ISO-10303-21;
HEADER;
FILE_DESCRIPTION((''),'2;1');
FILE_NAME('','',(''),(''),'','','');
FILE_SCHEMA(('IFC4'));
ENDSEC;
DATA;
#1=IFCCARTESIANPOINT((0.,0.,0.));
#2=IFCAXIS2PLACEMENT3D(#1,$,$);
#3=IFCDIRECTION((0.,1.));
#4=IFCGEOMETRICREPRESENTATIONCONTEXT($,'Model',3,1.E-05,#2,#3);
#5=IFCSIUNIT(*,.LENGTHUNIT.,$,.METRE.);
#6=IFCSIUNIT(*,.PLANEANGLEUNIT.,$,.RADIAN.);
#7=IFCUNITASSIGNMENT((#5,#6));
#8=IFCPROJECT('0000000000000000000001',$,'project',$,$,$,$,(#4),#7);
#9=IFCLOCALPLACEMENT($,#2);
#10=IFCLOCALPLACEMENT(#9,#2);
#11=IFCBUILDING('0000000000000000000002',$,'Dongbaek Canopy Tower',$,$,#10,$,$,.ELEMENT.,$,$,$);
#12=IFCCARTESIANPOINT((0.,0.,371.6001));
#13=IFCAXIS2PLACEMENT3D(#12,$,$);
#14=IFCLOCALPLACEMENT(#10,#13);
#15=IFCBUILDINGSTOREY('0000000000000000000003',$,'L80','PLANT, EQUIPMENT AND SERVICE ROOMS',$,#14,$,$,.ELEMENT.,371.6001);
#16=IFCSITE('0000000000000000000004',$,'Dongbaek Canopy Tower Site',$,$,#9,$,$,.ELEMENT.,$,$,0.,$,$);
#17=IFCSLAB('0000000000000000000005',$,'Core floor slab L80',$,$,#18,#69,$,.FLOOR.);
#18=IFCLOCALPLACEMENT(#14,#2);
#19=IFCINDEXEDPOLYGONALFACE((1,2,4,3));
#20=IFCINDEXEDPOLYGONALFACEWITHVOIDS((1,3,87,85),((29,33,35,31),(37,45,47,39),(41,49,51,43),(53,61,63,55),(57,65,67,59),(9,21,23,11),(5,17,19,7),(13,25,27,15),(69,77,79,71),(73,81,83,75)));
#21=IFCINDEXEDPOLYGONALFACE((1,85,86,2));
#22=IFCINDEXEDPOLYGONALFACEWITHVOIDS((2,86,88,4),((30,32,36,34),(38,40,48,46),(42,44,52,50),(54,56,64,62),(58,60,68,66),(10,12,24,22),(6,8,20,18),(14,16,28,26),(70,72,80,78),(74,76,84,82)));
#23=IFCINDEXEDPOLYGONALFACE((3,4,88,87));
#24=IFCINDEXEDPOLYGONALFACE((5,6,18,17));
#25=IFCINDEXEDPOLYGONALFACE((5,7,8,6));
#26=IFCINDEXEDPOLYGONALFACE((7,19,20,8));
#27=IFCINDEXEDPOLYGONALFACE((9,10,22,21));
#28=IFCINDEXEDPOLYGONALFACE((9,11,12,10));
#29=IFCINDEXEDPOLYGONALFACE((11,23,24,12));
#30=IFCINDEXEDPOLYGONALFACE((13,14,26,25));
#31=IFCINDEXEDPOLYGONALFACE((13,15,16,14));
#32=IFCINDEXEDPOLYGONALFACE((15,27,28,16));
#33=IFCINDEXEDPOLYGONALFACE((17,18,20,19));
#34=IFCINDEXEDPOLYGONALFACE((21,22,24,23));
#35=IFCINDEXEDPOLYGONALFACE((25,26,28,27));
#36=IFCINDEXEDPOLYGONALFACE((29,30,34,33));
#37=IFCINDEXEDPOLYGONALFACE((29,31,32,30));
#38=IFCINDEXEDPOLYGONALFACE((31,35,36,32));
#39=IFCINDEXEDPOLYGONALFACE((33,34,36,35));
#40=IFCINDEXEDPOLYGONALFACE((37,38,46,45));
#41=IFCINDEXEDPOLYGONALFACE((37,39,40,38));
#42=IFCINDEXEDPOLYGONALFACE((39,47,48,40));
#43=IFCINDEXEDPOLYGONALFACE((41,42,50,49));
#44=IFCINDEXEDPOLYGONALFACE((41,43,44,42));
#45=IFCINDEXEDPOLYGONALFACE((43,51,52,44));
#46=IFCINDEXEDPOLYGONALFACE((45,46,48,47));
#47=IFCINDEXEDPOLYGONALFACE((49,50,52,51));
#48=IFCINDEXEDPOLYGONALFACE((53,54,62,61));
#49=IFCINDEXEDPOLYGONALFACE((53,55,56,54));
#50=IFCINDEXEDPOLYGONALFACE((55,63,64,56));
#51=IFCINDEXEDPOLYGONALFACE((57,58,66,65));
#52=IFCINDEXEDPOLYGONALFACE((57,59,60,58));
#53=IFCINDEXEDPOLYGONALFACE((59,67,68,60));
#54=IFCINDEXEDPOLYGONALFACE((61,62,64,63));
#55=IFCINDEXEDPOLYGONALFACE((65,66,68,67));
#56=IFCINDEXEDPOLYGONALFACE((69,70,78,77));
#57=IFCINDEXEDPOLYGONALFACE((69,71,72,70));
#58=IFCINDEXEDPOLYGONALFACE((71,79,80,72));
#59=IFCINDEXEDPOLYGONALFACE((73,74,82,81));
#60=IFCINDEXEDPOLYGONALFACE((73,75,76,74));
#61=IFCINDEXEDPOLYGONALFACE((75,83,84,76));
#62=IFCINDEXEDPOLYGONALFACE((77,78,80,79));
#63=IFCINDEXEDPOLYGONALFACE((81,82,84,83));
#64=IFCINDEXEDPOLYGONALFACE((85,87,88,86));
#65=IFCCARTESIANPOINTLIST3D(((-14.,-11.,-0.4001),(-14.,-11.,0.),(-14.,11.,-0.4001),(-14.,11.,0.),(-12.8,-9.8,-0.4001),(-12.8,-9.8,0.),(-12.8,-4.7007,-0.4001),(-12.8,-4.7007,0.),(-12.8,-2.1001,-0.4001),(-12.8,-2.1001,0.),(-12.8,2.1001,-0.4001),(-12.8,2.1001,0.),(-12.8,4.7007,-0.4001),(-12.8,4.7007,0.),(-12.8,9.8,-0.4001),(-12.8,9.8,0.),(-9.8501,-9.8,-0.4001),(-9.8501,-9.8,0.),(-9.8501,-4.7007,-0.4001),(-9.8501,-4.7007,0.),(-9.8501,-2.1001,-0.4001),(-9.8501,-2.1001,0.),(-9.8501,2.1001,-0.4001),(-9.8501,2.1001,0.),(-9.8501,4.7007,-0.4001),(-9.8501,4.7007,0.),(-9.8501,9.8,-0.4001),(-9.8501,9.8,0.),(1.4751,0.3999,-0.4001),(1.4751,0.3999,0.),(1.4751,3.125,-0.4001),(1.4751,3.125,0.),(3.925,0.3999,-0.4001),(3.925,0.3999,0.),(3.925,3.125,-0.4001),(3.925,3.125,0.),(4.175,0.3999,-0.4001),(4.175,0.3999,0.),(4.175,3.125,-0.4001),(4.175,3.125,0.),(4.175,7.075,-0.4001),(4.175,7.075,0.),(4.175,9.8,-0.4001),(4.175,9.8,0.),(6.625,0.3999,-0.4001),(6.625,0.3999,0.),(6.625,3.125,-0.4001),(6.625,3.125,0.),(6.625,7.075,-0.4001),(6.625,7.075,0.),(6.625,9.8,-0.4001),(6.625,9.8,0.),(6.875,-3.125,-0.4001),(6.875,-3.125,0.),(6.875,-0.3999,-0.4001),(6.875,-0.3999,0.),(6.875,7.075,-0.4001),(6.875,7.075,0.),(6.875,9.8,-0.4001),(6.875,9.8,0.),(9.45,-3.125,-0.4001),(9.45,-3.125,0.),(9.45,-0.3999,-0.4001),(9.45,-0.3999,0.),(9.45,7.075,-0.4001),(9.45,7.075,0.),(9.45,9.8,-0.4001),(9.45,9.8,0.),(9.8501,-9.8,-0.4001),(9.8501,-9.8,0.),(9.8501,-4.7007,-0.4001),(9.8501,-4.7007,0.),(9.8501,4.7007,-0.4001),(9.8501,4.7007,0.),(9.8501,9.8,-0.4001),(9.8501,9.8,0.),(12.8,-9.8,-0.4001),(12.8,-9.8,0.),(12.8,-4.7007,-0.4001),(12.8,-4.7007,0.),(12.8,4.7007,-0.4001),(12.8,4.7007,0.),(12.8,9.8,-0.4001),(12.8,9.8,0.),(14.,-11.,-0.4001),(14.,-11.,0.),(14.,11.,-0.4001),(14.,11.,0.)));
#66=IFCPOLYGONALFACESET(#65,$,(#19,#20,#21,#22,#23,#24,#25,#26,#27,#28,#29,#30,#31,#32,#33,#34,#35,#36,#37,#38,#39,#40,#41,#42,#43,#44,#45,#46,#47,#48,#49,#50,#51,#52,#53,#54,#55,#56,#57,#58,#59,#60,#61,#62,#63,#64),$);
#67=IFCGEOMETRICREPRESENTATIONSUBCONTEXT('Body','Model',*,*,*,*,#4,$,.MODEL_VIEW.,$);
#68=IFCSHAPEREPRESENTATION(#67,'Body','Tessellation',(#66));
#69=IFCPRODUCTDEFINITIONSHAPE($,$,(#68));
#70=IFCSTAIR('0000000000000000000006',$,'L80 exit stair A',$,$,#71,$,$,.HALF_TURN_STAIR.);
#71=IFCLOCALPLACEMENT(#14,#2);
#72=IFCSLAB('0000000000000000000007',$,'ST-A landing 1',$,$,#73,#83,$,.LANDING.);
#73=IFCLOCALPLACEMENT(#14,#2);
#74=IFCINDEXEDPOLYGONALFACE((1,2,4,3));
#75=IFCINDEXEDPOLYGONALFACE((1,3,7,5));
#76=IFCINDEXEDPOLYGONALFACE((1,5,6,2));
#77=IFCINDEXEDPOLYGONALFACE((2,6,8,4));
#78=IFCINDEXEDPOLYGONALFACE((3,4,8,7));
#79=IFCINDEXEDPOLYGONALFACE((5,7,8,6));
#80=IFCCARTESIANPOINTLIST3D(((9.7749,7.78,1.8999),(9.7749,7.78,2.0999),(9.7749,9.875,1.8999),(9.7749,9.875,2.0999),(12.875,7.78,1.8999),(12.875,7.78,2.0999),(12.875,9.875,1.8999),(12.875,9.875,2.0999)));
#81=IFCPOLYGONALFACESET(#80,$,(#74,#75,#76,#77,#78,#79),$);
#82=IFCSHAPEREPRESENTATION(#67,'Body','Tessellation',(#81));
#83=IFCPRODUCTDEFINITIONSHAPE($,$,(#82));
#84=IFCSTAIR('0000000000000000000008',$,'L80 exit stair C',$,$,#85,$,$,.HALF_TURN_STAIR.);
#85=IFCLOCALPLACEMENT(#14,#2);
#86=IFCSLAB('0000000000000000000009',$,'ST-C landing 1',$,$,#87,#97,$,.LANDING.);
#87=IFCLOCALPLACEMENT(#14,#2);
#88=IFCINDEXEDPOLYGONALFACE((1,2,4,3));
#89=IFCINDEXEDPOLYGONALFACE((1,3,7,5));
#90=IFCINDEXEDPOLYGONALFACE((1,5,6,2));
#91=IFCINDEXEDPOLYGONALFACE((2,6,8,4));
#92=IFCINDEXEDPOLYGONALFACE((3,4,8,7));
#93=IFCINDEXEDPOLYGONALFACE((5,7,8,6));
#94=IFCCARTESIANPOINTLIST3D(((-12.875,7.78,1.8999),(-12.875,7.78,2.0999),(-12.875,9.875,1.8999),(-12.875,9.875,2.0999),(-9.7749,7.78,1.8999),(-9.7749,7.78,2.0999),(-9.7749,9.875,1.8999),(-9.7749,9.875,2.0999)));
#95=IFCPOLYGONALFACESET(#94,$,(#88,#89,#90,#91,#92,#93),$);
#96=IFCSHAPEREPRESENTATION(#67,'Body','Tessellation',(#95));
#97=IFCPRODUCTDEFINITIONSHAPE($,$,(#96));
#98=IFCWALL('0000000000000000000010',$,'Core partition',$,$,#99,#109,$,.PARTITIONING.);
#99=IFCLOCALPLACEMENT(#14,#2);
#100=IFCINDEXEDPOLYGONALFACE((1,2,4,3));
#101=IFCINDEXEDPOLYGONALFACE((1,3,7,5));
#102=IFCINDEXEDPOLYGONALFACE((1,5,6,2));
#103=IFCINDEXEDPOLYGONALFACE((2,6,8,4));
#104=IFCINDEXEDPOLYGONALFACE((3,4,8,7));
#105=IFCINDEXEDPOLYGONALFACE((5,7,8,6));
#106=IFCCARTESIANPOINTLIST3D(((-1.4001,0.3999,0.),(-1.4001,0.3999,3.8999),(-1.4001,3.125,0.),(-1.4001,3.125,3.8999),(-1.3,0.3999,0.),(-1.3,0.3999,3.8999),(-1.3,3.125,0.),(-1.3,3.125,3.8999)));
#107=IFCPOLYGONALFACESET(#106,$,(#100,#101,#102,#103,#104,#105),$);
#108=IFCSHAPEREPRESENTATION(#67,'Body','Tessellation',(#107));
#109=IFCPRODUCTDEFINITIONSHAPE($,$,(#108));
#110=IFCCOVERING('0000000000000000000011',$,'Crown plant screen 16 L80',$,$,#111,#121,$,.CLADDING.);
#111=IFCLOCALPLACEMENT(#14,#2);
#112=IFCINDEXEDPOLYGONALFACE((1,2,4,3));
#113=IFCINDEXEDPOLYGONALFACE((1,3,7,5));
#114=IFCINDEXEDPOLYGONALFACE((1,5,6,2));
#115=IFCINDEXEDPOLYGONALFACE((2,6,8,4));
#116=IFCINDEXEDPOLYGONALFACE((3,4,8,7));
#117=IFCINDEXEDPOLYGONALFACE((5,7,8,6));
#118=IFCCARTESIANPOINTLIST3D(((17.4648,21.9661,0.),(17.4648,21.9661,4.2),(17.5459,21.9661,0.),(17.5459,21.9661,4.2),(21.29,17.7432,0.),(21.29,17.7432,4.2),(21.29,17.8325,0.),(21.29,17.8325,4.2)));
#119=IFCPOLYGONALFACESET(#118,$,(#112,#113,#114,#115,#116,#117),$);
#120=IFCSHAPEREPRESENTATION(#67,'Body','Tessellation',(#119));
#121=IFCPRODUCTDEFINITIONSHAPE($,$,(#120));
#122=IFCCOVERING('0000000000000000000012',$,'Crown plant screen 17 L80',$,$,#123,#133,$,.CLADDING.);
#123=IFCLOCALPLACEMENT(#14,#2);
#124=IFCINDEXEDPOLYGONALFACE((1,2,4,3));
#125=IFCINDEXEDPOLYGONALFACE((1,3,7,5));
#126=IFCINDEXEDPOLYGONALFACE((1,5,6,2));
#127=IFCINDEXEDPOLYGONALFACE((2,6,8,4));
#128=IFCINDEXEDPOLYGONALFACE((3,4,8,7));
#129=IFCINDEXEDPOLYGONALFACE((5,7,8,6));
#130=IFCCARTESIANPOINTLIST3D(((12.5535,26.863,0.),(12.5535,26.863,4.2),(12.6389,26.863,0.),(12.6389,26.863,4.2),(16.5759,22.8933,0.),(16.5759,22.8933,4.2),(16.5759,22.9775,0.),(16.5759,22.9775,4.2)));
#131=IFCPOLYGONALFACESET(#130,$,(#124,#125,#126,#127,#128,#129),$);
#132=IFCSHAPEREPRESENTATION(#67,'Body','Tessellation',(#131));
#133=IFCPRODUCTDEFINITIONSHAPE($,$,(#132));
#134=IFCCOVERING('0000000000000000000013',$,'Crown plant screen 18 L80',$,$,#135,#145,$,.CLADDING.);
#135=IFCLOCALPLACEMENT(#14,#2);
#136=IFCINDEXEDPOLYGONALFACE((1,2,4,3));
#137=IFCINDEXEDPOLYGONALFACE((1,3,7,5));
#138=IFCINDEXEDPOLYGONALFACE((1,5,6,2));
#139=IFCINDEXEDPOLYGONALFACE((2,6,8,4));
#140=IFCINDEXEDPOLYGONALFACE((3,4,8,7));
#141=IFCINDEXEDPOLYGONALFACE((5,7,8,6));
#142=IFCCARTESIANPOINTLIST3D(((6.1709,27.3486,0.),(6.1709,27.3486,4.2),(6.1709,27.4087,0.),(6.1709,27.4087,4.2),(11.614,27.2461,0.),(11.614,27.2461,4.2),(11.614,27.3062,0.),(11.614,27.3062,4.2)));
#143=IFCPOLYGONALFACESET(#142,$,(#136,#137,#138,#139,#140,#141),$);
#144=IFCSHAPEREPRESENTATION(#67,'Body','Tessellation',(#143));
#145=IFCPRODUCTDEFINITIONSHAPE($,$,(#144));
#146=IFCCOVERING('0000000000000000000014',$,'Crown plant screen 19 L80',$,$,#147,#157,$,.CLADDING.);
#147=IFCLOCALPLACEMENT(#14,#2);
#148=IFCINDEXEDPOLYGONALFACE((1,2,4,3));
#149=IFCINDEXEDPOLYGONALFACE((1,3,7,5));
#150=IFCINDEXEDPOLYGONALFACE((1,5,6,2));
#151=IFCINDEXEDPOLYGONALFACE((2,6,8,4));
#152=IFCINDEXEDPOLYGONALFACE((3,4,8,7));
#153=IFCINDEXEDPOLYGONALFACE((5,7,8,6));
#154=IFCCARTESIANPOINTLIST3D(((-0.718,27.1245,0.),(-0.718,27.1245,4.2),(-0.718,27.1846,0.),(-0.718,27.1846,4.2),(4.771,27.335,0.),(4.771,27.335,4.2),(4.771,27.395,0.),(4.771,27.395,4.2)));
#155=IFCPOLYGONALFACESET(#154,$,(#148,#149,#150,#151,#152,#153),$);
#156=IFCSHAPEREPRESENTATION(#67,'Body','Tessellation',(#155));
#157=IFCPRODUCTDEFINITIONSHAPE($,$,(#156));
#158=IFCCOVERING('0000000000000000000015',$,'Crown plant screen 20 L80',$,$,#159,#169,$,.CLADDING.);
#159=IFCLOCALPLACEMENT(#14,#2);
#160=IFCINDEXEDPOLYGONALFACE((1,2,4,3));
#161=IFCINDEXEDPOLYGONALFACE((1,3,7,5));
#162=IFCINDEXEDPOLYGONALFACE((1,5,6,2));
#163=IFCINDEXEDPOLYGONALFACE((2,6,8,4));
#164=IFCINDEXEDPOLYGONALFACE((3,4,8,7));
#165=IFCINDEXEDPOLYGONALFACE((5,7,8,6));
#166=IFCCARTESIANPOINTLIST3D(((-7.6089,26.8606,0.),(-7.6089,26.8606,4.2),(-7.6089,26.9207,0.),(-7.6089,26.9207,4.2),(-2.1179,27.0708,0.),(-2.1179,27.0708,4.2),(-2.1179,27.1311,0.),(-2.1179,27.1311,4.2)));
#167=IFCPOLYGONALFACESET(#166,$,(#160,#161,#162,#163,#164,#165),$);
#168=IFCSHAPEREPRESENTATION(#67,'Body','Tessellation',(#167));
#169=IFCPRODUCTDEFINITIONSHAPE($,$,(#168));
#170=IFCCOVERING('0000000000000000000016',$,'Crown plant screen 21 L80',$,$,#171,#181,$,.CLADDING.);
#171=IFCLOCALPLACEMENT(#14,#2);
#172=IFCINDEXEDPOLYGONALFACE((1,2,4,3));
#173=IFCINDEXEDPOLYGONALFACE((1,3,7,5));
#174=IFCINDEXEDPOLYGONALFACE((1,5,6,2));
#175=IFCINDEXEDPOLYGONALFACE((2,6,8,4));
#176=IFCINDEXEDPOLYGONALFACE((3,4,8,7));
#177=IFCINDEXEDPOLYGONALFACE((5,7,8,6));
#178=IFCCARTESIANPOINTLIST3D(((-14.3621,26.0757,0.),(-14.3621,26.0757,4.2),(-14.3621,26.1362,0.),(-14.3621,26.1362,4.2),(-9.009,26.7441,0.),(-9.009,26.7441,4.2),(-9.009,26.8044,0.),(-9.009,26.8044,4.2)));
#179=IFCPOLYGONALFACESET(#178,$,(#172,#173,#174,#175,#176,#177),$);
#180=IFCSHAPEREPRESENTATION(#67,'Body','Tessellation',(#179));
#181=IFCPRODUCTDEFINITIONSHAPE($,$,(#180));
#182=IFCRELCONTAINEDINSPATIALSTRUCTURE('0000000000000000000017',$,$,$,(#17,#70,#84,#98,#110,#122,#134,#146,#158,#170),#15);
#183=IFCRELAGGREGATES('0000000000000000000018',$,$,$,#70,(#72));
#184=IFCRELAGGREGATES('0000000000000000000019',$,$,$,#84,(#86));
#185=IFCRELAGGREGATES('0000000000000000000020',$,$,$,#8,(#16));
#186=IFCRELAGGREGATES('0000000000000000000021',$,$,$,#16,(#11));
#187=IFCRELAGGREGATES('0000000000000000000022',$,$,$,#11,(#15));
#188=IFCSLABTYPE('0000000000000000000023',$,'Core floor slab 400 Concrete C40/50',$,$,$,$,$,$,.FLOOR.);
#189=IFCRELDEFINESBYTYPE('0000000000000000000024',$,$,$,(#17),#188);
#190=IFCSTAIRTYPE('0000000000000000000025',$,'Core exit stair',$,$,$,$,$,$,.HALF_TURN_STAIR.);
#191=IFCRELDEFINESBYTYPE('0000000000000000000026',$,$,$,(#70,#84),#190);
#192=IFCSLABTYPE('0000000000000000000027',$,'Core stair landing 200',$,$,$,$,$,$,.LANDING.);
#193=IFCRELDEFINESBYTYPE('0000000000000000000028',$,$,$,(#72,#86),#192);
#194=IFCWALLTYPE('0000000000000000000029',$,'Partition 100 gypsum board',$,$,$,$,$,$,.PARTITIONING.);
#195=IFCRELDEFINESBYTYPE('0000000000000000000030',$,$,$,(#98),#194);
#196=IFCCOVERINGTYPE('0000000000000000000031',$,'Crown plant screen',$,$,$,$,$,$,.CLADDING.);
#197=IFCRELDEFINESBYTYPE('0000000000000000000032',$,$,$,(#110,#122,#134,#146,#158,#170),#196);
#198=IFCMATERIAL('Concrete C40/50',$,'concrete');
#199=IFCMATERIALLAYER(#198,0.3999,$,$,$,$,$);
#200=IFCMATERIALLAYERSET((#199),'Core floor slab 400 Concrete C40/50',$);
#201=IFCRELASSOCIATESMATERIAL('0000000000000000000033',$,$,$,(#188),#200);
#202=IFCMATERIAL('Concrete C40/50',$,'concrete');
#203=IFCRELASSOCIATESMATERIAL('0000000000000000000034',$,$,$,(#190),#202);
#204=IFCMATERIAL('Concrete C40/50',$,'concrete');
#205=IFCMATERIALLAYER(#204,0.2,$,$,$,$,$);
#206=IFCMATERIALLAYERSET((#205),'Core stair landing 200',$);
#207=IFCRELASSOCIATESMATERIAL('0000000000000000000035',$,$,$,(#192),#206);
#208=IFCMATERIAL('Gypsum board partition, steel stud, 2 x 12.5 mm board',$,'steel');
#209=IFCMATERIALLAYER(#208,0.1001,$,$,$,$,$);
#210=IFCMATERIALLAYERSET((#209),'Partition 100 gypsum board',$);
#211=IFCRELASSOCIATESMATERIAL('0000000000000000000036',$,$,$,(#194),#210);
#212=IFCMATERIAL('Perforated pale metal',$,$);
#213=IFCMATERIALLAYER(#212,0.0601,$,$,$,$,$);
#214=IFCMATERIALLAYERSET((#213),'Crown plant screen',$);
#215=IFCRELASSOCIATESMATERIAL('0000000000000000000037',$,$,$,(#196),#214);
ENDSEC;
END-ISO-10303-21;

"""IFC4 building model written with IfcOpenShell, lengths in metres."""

from ifc_helpers import new_model, si_unit, direction, frame, frame_2d, origin, place, context, subcontext, project, spatial, polyline, rectangle, outline, extrude, material, layer, layer_set, type_object, element, aggregate, save


model = new_model("IFC4")

# Units and contexts
model_context = context("Model", 3, precision=1e-05, world=origin(), true_north=direction((0.0, 1.0)))
body_context = subcontext(model_context, "Body", "Model", "MODEL_VIEW")
ifc_project = project(units=[si_unit("LENGTHUNIT", "METRE"), si_unit("PLANEANGLEUNIT", "RADIAN")], contexts=[model_context])

# Site, building, storey
site_placement = place(None, origin())
site = spatial("IfcSite", under=ifc_project, at=site_placement, Name="Dongbaek Canopy Tower Site", CompositionType="ELEMENT", RefElevation=0.0)
building_placement = place(site_placement, origin())
building = spatial("IfcBuilding", under=site, at=building_placement, Name="Dongbaek Canopy Tower", CompositionType="ELEMENT")
storey_placement = place(building_placement, frame((0.0, 0.0, 371.6001)))
storey = spatial("IfcBuildingStorey", under=building, at=storey_placement, Name="L80", Description="PLANT, EQUIPMENT AND SERVICE ROOMS", CompositionType="ELEMENT", Elevation=371.6001)

# Slab
ifc_material_1 = material(Name="Concrete C40/50", Category="concrete")
ifc_layer_1 = layer(ifc_material_1, 0.3999)
ifc_layer_set_1 = layer_set([ifc_layer_1], Name="Core floor slab 400 Concrete C40/50")
slab_type_1 = type_object("IfcSlabType", Name="Core floor slab 400 Concrete C40/50", PredefinedType="FLOOR", material=ifc_layer_set_1)
slab_1_placement = place(storey_placement, frame((0.0, 0.0, -0.4001)))
element("IfcSlab", 1, at=slab_1_placement, inside=storey, type_object=slab_type_1, Name="Core floor slab L80", PredefinedType="FLOOR", context=body_context, shape_type="SweptSolid", body=[
    extrude(outline(polyline([(14.0, -11.0), (14.0, 11.0), (-14.0, 11.0), (-14.0, -11.0), (14.0, -11.0)]), holes=[polyline([(-12.8, 2.1001), (-9.8501, 2.1001), (-9.8501, -2.1001), (-12.8, -2.1001), (-12.8, 2.1001)]), polyline([(6.625, 9.8), (6.625, 7.075), (4.175, 7.075), (4.175, 9.8), (6.625, 9.8)]), polyline([(9.45, 7.075), (6.875, 7.075), (6.875, 9.8), (9.45, 9.8), (9.45, 7.075)]), polyline([(3.925, 3.125), (3.925, 0.3999), (1.4751, 0.3999), (1.4751, 3.125), (3.925, 3.125)]), polyline([(4.175, 3.125), (6.625, 3.125), (6.625, 0.3999), (4.175, 0.3999), (4.175, 3.125)]), polyline([(9.45, -3.125), (6.875, -3.125), (6.875, -0.3999), (9.45, -0.3999), (9.45, -3.125)]), polyline([(12.8, 4.7007), (12.8, 9.8), (9.8501, 9.8), (9.8501, 4.7007), (12.8, 4.7007)]), polyline([(-9.8501, 4.7007), (-9.8501, 9.8), (-12.8, 9.8), (-12.8, 4.7007), (-9.8501, 4.7007)]), polyline([(9.8501, -4.7007), (9.8501, -9.8), (12.8, -9.8), (12.8, -4.7007), (9.8501, -4.7007)]), polyline([(-12.8, -4.7007), (-12.8, -9.8), (-9.8501, -9.8), (-9.8501, -4.7007), (-12.8, -4.7007)])]), origin(), (0.0, 0.0, 1.0), 0.4001),
])

# Stairs, slabs
ifc_material_2 = material(Name="Concrete C40/50", Category="concrete")
stair_type = type_object("IfcStairType", Name="Core exit stair", PredefinedType="HALF_TURN_STAIR", material=ifc_material_2)
stair_1_placement = place(storey_placement, origin())
stair_1 = element("IfcStair", 2, at=stair_1_placement, inside=storey, type_object=stair_type, Name="L80 exit stair A", PredefinedType="HALF_TURN_STAIR")
ifc_material_3 = material(Name="Concrete C40/50", Category="concrete")
ifc_layer_2 = layer(ifc_material_3, 0.2)
ifc_layer_set_2 = layer_set([ifc_layer_2], Name="Core stair landing 200")
slab_type_2 = type_object("IfcSlabType", Name="Core stair landing 200", PredefinedType="LANDING", material=ifc_layer_set_2)
slab_2_placement = place(storey_placement, frame((0.0, 0.0, 1.8999)))
slab_2 = element("IfcSlab", 3, at=slab_2_placement, type_object=slab_type_2, Name="ST-A landing 1", PredefinedType="LANDING", context=body_context, shape_type="SweptSolid", body=[
    extrude(outline(polyline([(12.875, 7.78), (12.875, 9.875), (9.7749, 9.875), (9.7749, 7.78), (12.875, 7.78)])), origin(), (0.0, 0.0, 1.0), 0.2),
])
aggregate(stair_1, [slab_2])
stair_2_placement = place(storey_placement, origin())
stair_2 = element("IfcStair", 4, at=stair_2_placement, inside=storey, type_object=stair_type, Name="L80 exit stair C", PredefinedType="HALF_TURN_STAIR")
slab_3_placement = place(storey_placement, frame((0.0, 0.0, 1.8999)))
slab_3 = element("IfcSlab", 5, at=slab_3_placement, type_object=slab_type_2, Name="ST-C landing 1", PredefinedType="LANDING", context=body_context, shape_type="SweptSolid", body=[
    extrude(outline(polyline([(-9.7749, 7.78), (-9.7749, 9.875), (-12.875, 9.875), (-12.875, 7.78), (-9.7749, 7.78)])), origin(), (0.0, 0.0, 1.0), 0.2),
])
aggregate(stair_2, [slab_3])

# Wall
ifc_material_4 = material(Name="Gypsum board partition, steel stud, 2 x 12.5 mm board", Category="steel")
ifc_layer_3 = layer(ifc_material_4, 0.1001)
ifc_layer_set_3 = layer_set([ifc_layer_3], Name="Partition 100 gypsum board")
wall_type = type_object("IfcWallType", Name="Partition 100 gypsum board", PredefinedType="PARTITIONING", material=ifc_layer_set_3)
wall_placement = place(storey_placement, frame((-1.3501, 0.3999, 0.0), z_axis=(0.0, 0.0, 1.0), x_axis=(0.0, 1.0, 0.0)))
element("IfcWall", 6, at=wall_placement, inside=storey, type_object=wall_type, Name="Core partition", PredefinedType="PARTITIONING", context=body_context, shape_type="SweptSolid", body=[
    extrude(rectangle(XDim=2.7251, YDim=0.1001, at=frame_2d((1.3625, 0.0))), origin(), (0.0, 0.0, 1.0), 3.8999),
])

# Coverings
ifc_material_5 = material(Name="Perforated pale metal")
ifc_layer_4 = layer(ifc_material_5, 0.0601)
ifc_layer_set_4 = layer_set([ifc_layer_4], Name="Crown plant screen")
covering_type = type_object("IfcCoveringType", Name="Crown plant screen", PredefinedType="CLADDING", material=ifc_layer_set_4)
covering_1_placement = place(storey_placement, origin())
element("IfcCovering", 7, at=covering_1_placement, inside=storey, type_object=covering_type, Name="Crown plant screen 16 L80", PredefinedType="CLADDING", context=body_context, shape_type="SweptSolid", body=[
    extrude(outline(polyline([(21.29, 17.8325), (21.29, 17.7432), (17.4648, 21.9661), (17.5459, 21.9661), (21.29, 17.8325)])), origin(), (0.0, 0.0, 1.0), 4.2),
])
covering_2_placement = place(storey_placement, origin())
element("IfcCovering", 8, at=covering_2_placement, inside=storey, type_object=covering_type, Name="Crown plant screen 17 L80", PredefinedType="CLADDING", context=body_context, shape_type="SweptSolid", body=[
    extrude(outline(polyline([(16.5759, 22.9775), (16.5759, 22.8933), (12.5535, 26.863), (12.6389, 26.863), (16.5759, 22.9775)])), origin(), (0.0, 0.0, 1.0), 4.2),
])
covering_3_placement = place(storey_placement, origin())
element("IfcCovering", 9, at=covering_3_placement, inside=storey, type_object=covering_type, Name="Crown plant screen 18 L80", PredefinedType="CLADDING", context=body_context, shape_type="SweptSolid", body=[
    extrude(outline(polyline([(11.614, 27.3062), (11.614, 27.2461), (6.1709, 27.3486), (6.1709, 27.4087), (11.614, 27.3062)])), origin(), (0.0, 0.0, 1.0), 4.2),
])
covering_4_placement = place(storey_placement, origin())
element("IfcCovering", 10, at=covering_4_placement, inside=storey, type_object=covering_type, Name="Crown plant screen 19 L80", PredefinedType="CLADDING", context=body_context, shape_type="SweptSolid", body=[
    extrude(outline(polyline([(4.771, 27.395), (4.771, 27.335), (-0.718, 27.1245), (-0.718, 27.1846), (4.771, 27.395)])), origin(), (0.0, 0.0, 1.0), 4.2),
])
covering_5_placement = place(storey_placement, origin())
element("IfcCovering", 11, at=covering_5_placement, inside=storey, type_object=covering_type, Name="Crown plant screen 20 L80", PredefinedType="CLADDING", context=body_context, shape_type="SweptSolid", body=[
    extrude(outline(polyline([(-2.1179, 27.1311), (-2.1179, 27.0708), (-7.6089, 26.8606), (-7.6089, 26.9207), (-2.1179, 27.1311)])), origin(), (0.0, 0.0, 1.0), 4.2),
])
covering_6_placement = place(storey_placement, origin())
element("IfcCovering", 12, at=covering_6_placement, inside=storey, type_object=covering_type, Name="Crown plant screen 21 L80", PredefinedType="CLADDING", context=body_context, shape_type="SweptSolid", body=[
    extrude(outline(polyline([(-9.009, 26.8044), (-9.009, 26.7441), (-14.3621, 26.0757), (-14.3621, 26.1362), (-9.009, 26.8044)])), origin(), (0.0, 0.0, 1.0), 4.2),
])

save(model, "model.ifc")
